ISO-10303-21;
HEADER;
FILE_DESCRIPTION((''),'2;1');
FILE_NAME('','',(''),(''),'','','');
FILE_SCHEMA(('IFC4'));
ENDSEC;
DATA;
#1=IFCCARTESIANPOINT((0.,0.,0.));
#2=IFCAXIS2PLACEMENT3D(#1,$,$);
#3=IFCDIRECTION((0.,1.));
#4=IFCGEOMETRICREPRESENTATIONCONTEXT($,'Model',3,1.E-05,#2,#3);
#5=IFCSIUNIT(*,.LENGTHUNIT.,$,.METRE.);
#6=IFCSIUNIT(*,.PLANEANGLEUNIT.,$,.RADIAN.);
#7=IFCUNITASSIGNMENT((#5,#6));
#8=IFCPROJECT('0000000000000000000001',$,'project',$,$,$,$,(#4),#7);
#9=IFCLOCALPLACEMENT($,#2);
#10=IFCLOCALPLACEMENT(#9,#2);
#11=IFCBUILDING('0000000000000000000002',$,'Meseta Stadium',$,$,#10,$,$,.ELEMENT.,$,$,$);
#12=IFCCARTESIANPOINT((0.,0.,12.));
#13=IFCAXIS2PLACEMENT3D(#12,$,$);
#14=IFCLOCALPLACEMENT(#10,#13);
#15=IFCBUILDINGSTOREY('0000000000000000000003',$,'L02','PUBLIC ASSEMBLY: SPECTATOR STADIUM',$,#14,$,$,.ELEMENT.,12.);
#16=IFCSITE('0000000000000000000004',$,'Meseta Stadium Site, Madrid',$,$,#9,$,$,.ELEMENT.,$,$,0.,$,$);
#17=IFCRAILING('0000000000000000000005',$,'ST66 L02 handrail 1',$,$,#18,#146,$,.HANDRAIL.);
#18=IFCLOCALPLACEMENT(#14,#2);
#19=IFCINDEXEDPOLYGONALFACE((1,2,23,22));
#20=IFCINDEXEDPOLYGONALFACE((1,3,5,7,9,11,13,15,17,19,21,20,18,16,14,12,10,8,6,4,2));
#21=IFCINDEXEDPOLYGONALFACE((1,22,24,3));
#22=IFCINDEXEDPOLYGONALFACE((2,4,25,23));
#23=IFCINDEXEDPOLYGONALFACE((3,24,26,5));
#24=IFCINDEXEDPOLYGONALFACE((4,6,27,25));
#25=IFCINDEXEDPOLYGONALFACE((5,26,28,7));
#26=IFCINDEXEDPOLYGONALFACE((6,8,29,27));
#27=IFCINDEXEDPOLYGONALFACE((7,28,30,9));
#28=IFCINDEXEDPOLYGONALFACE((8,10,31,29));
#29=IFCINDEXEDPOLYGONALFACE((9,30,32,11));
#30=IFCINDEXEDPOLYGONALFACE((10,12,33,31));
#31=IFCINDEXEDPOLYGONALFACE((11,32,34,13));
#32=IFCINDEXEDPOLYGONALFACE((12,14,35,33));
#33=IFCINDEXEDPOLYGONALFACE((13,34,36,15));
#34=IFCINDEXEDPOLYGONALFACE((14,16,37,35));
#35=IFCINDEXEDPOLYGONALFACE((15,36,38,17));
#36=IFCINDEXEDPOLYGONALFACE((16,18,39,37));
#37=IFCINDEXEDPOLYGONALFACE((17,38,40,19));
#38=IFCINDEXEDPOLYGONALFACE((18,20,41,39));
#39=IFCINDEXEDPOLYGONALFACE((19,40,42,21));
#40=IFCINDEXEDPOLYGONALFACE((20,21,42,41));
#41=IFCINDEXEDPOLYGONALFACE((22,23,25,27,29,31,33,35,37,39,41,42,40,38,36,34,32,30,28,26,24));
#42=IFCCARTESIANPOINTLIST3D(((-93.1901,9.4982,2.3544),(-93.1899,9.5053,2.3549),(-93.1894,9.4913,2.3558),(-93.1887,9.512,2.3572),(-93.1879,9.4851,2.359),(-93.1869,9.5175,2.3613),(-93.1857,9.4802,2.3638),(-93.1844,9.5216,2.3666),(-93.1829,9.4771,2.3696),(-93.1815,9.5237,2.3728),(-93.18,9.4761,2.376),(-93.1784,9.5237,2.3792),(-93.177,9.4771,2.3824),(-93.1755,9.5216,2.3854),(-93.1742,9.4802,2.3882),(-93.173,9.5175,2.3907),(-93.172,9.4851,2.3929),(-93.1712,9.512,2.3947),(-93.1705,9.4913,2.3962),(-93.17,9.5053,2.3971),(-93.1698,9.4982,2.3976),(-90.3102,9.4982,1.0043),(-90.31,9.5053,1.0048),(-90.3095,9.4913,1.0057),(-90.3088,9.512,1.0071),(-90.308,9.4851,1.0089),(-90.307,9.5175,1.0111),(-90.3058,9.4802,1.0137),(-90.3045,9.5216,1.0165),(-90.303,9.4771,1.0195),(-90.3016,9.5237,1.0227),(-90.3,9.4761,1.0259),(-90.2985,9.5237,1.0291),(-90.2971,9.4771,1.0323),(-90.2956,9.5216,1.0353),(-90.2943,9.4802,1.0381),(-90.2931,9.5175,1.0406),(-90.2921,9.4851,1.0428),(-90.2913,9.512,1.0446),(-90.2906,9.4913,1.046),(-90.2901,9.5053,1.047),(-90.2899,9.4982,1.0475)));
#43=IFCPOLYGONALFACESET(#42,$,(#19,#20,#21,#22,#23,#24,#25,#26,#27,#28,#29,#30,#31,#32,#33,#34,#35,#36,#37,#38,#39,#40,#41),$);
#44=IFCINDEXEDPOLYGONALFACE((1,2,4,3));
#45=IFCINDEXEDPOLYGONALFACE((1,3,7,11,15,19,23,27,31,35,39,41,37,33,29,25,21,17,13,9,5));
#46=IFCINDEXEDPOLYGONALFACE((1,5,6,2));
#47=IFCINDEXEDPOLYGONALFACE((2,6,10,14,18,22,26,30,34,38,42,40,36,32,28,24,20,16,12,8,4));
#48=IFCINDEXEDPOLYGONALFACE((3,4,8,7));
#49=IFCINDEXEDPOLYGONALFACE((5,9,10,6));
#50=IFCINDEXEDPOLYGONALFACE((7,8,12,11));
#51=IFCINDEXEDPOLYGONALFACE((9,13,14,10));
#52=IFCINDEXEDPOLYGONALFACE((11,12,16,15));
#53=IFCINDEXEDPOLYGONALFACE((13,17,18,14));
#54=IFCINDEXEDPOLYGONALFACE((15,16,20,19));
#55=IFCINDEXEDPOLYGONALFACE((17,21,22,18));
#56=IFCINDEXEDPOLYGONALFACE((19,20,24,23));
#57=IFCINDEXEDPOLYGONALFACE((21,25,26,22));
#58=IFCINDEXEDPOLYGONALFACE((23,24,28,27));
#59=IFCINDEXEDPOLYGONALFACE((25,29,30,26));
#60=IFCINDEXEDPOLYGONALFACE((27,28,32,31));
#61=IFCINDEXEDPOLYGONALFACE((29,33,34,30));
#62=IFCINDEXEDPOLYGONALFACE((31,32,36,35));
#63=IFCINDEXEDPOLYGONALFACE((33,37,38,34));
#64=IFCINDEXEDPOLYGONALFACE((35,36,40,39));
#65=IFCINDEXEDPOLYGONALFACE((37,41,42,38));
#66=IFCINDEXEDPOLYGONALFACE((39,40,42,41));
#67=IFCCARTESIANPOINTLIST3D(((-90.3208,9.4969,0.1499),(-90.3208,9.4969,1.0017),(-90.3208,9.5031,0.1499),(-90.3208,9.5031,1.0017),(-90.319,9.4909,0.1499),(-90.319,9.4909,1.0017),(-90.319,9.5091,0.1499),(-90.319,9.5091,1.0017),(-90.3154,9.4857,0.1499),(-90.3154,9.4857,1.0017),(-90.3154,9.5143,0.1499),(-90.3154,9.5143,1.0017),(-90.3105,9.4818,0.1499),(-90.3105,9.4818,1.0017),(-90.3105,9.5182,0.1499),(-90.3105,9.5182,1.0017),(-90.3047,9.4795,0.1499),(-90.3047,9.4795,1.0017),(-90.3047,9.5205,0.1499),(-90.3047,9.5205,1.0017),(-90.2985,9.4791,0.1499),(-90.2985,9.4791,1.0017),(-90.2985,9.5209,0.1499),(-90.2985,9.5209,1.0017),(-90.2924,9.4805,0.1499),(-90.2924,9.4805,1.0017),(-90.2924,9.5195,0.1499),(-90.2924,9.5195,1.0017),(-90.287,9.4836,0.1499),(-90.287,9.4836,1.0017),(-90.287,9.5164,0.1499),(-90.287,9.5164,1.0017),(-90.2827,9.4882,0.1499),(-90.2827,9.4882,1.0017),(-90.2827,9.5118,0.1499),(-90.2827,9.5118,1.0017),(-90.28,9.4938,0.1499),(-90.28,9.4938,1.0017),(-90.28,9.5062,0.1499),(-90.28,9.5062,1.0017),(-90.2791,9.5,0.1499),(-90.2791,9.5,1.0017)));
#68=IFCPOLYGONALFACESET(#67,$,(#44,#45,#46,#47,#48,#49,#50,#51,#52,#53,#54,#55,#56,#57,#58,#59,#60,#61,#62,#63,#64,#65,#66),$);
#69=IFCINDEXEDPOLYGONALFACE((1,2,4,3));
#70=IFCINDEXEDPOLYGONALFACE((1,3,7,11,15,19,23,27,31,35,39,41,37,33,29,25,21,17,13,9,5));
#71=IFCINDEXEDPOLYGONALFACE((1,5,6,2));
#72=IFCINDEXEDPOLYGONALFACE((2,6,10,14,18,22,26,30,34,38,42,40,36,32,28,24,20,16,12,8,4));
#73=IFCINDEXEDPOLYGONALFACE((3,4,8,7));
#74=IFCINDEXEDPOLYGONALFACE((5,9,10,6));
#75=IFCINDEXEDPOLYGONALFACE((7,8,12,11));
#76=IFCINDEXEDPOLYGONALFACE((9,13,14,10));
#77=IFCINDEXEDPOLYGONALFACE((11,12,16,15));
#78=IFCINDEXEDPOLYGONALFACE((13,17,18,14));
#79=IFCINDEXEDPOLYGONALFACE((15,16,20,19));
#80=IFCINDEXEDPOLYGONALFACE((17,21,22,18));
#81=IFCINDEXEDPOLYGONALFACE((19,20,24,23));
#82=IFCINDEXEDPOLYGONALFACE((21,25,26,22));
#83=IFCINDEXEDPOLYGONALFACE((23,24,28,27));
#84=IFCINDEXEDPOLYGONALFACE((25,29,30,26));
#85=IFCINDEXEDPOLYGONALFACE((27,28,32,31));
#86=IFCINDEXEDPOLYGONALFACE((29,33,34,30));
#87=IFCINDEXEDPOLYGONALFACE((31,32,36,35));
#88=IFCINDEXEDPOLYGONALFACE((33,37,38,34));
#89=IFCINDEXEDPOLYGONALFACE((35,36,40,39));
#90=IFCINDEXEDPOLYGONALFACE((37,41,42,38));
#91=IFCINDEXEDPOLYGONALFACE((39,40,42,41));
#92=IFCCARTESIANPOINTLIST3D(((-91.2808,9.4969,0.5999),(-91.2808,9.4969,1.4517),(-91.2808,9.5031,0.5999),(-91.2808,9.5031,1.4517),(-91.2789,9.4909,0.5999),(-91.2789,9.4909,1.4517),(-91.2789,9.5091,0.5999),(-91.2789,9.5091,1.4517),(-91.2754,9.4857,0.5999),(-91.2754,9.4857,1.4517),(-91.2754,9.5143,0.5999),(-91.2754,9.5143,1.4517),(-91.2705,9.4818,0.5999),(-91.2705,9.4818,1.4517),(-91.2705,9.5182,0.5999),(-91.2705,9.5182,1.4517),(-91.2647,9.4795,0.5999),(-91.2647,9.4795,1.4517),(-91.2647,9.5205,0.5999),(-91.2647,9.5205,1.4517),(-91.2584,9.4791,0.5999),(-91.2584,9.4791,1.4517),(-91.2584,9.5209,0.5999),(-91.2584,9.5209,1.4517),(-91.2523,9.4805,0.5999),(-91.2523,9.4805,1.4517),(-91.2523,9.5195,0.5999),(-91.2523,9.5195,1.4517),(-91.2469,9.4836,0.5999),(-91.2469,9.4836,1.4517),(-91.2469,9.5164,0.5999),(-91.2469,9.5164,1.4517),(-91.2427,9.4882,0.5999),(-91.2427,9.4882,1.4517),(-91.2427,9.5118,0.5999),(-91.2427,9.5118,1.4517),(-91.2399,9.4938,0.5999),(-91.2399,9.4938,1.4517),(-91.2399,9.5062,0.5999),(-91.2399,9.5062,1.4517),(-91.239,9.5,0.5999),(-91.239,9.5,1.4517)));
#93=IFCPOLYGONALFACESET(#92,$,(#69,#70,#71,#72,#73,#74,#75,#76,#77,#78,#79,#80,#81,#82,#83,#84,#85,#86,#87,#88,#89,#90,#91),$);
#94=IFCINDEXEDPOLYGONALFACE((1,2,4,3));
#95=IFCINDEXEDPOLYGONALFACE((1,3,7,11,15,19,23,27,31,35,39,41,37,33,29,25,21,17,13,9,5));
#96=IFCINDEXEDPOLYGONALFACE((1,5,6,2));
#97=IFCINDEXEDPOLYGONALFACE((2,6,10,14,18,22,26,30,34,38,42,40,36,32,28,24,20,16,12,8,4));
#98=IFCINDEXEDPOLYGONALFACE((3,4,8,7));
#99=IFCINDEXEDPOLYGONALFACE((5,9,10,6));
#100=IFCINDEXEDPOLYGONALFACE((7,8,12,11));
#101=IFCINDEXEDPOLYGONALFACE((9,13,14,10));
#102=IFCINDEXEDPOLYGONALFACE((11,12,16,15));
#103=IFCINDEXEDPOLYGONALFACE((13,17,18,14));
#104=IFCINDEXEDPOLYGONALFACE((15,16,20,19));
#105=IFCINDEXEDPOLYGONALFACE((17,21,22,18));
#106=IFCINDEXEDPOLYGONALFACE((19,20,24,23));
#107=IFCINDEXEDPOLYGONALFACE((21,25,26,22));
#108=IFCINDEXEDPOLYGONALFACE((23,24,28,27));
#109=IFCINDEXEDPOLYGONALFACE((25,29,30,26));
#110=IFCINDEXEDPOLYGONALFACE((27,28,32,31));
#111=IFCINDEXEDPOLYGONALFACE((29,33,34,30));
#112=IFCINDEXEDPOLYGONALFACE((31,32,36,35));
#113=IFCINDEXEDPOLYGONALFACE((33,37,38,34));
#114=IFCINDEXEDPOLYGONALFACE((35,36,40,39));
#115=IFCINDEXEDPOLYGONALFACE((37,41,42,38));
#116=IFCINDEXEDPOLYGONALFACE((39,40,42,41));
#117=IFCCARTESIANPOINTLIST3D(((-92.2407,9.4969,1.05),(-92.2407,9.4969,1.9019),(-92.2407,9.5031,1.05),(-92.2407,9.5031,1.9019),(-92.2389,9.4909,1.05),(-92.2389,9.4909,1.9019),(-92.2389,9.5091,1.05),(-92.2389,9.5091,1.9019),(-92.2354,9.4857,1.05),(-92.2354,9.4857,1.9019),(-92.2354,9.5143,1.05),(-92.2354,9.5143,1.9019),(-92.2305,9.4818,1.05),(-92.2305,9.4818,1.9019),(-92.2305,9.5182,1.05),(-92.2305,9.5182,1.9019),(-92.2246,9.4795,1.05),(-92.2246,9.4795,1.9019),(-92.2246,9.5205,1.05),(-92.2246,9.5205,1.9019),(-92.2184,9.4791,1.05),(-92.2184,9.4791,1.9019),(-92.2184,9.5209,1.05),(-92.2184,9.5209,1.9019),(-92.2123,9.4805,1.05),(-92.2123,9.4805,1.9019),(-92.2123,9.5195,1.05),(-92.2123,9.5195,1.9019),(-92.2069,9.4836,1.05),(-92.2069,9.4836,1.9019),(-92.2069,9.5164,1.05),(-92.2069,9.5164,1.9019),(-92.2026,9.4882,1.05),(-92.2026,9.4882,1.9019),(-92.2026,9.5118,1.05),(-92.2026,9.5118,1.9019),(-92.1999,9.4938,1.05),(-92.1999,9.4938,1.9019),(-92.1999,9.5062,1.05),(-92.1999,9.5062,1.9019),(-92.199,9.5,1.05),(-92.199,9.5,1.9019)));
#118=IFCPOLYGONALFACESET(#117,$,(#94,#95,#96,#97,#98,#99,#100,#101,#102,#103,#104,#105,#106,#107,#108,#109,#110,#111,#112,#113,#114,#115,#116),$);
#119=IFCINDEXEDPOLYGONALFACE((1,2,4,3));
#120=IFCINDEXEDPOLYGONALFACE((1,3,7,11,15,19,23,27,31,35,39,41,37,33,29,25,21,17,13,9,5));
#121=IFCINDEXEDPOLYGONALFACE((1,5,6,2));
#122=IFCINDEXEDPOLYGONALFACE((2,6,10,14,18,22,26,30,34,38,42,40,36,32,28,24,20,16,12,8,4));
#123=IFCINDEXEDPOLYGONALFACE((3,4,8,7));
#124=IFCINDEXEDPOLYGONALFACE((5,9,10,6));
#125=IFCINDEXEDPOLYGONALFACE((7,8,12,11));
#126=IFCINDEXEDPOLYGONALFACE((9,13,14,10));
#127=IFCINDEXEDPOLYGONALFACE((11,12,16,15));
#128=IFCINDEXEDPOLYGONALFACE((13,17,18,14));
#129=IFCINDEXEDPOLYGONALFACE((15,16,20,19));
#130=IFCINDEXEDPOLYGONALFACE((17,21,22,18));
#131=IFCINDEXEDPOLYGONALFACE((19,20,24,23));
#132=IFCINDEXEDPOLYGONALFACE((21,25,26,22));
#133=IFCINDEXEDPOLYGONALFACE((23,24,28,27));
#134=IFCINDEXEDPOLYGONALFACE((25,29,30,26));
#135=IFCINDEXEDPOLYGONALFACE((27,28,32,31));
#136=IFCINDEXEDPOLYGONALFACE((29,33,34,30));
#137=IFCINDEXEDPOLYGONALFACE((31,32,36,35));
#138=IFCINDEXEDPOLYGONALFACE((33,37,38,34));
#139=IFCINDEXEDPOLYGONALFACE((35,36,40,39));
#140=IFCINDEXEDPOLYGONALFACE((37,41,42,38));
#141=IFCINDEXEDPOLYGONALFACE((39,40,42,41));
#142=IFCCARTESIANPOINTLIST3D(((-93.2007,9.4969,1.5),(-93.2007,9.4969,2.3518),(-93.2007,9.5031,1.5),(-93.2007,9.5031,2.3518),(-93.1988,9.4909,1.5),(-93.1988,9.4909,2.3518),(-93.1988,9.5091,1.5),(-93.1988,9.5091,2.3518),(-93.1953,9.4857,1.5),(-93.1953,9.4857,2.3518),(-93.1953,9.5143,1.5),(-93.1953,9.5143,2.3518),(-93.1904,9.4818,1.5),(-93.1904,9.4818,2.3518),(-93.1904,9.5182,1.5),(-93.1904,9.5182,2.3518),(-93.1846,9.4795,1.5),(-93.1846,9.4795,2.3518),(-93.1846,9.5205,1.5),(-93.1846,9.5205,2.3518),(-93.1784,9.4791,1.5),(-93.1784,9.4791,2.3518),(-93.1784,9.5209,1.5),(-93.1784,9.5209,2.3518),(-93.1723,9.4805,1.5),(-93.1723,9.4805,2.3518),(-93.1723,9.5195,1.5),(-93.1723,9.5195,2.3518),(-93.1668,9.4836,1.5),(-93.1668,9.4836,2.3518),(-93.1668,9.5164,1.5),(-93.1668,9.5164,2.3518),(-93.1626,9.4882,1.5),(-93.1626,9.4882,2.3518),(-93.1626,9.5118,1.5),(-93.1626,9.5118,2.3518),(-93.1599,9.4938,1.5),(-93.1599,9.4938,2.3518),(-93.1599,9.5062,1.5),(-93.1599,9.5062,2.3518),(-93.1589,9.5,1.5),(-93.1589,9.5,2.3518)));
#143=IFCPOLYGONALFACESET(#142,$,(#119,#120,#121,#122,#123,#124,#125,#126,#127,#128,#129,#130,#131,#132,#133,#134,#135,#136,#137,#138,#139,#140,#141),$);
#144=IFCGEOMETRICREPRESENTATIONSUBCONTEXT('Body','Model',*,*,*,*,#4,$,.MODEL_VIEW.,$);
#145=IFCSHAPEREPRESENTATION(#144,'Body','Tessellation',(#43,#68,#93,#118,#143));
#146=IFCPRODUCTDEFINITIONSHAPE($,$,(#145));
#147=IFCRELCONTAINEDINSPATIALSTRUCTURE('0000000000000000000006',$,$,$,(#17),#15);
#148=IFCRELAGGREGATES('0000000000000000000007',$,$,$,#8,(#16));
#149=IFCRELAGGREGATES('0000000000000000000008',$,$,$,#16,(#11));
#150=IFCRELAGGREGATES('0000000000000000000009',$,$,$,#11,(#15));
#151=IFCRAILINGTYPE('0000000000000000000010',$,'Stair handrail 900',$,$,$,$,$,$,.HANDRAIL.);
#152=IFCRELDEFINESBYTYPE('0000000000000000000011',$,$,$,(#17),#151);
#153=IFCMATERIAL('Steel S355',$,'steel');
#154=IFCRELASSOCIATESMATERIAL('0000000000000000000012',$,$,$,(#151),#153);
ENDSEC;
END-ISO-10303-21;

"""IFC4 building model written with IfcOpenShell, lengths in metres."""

from ifc_helpers import new_model, si_unit, direction, frame, origin, origin_2d, place, context, subcontext, project, spatial, circle, extrude, material, type_object, element, save


model = new_model("IFC4")

# Units and contexts
model_context = context("Model", 3, precision=1e-05, world=origin(), true_north=direction((0.0, 1.0)))
body_context = subcontext(model_context, "Body", "Model", "MODEL_VIEW")
ifc_project = project(units=[si_unit("LENGTHUNIT", "METRE"), si_unit("PLANEANGLEUNIT", "RADIAN")], contexts=[model_context])

# Site, building, storey
site_placement = place(None, origin())
site = spatial("IfcSite", under=ifc_project, at=site_placement, Name="Meseta Stadium Site, Madrid", CompositionType="ELEMENT", RefElevation=0.0)
building_placement = place(site_placement, origin())
building = spatial("IfcBuilding", under=site, at=building_placement, Name="Meseta Stadium", CompositionType="ELEMENT")
storey_placement = place(building_placement, frame((0.0, 0.0, 12.0)))
storey = spatial("IfcBuildingStorey", under=building, at=storey_placement, Name="L02", Description="PUBLIC ASSEMBLY: SPECTATOR STADIUM", CompositionType="ELEMENT", Elevation=12.0)

# Railing
ifc_material_1 = material(Name="Steel S355", Category="steel")
railing_type_1 = type_object("IfcRailingType", Name="Stair handrail 900", PredefinedType="HANDRAIL", material=ifc_material_1)
for number, where, name in (
    (1, (-90.3, 9.5, 0.1499), "ST66 L02 handrail 1"),
):
    element("IfcRailing", number, at=place(storey_placement, frame(where)), inside=storey, type_object=railing_type_1, Name=name, PredefinedType="HANDRAIL", context=body_context, shape_type="SweptSolid", body=[
        extrude(circle(Radius=0.0239, at=origin_2d()), frame((0.0, 0.0, 0.876), z_axis=(-0.90544, 0.0, 0.424473), x_axis=(0.0, -1.0, 0.0)), (0.0, 0.0, 1.0), 3.1807),
        extrude(circle(Radius=0.021, at=origin_2d()), origin(), (0.0, 0.0, 1.0), 0.8518),
        extrude(circle(Radius=0.021, at=origin_2d()), frame((-0.96, 0.0, 0.45)), (0.0, 0.0, 1.0), 0.8518),
        extrude(circle(Radius=0.021, at=origin_2d()), frame((-1.9199, 0.0, 0.9001)), (0.0, 0.0, 1.0), 0.8518),
        extrude(circle(Radius=0.021, at=origin_2d()), frame((-2.8799, 0.0, 1.3501)), (0.0, 0.0, 1.0), 0.8518),
    ])

save(model, "model.ifc")
